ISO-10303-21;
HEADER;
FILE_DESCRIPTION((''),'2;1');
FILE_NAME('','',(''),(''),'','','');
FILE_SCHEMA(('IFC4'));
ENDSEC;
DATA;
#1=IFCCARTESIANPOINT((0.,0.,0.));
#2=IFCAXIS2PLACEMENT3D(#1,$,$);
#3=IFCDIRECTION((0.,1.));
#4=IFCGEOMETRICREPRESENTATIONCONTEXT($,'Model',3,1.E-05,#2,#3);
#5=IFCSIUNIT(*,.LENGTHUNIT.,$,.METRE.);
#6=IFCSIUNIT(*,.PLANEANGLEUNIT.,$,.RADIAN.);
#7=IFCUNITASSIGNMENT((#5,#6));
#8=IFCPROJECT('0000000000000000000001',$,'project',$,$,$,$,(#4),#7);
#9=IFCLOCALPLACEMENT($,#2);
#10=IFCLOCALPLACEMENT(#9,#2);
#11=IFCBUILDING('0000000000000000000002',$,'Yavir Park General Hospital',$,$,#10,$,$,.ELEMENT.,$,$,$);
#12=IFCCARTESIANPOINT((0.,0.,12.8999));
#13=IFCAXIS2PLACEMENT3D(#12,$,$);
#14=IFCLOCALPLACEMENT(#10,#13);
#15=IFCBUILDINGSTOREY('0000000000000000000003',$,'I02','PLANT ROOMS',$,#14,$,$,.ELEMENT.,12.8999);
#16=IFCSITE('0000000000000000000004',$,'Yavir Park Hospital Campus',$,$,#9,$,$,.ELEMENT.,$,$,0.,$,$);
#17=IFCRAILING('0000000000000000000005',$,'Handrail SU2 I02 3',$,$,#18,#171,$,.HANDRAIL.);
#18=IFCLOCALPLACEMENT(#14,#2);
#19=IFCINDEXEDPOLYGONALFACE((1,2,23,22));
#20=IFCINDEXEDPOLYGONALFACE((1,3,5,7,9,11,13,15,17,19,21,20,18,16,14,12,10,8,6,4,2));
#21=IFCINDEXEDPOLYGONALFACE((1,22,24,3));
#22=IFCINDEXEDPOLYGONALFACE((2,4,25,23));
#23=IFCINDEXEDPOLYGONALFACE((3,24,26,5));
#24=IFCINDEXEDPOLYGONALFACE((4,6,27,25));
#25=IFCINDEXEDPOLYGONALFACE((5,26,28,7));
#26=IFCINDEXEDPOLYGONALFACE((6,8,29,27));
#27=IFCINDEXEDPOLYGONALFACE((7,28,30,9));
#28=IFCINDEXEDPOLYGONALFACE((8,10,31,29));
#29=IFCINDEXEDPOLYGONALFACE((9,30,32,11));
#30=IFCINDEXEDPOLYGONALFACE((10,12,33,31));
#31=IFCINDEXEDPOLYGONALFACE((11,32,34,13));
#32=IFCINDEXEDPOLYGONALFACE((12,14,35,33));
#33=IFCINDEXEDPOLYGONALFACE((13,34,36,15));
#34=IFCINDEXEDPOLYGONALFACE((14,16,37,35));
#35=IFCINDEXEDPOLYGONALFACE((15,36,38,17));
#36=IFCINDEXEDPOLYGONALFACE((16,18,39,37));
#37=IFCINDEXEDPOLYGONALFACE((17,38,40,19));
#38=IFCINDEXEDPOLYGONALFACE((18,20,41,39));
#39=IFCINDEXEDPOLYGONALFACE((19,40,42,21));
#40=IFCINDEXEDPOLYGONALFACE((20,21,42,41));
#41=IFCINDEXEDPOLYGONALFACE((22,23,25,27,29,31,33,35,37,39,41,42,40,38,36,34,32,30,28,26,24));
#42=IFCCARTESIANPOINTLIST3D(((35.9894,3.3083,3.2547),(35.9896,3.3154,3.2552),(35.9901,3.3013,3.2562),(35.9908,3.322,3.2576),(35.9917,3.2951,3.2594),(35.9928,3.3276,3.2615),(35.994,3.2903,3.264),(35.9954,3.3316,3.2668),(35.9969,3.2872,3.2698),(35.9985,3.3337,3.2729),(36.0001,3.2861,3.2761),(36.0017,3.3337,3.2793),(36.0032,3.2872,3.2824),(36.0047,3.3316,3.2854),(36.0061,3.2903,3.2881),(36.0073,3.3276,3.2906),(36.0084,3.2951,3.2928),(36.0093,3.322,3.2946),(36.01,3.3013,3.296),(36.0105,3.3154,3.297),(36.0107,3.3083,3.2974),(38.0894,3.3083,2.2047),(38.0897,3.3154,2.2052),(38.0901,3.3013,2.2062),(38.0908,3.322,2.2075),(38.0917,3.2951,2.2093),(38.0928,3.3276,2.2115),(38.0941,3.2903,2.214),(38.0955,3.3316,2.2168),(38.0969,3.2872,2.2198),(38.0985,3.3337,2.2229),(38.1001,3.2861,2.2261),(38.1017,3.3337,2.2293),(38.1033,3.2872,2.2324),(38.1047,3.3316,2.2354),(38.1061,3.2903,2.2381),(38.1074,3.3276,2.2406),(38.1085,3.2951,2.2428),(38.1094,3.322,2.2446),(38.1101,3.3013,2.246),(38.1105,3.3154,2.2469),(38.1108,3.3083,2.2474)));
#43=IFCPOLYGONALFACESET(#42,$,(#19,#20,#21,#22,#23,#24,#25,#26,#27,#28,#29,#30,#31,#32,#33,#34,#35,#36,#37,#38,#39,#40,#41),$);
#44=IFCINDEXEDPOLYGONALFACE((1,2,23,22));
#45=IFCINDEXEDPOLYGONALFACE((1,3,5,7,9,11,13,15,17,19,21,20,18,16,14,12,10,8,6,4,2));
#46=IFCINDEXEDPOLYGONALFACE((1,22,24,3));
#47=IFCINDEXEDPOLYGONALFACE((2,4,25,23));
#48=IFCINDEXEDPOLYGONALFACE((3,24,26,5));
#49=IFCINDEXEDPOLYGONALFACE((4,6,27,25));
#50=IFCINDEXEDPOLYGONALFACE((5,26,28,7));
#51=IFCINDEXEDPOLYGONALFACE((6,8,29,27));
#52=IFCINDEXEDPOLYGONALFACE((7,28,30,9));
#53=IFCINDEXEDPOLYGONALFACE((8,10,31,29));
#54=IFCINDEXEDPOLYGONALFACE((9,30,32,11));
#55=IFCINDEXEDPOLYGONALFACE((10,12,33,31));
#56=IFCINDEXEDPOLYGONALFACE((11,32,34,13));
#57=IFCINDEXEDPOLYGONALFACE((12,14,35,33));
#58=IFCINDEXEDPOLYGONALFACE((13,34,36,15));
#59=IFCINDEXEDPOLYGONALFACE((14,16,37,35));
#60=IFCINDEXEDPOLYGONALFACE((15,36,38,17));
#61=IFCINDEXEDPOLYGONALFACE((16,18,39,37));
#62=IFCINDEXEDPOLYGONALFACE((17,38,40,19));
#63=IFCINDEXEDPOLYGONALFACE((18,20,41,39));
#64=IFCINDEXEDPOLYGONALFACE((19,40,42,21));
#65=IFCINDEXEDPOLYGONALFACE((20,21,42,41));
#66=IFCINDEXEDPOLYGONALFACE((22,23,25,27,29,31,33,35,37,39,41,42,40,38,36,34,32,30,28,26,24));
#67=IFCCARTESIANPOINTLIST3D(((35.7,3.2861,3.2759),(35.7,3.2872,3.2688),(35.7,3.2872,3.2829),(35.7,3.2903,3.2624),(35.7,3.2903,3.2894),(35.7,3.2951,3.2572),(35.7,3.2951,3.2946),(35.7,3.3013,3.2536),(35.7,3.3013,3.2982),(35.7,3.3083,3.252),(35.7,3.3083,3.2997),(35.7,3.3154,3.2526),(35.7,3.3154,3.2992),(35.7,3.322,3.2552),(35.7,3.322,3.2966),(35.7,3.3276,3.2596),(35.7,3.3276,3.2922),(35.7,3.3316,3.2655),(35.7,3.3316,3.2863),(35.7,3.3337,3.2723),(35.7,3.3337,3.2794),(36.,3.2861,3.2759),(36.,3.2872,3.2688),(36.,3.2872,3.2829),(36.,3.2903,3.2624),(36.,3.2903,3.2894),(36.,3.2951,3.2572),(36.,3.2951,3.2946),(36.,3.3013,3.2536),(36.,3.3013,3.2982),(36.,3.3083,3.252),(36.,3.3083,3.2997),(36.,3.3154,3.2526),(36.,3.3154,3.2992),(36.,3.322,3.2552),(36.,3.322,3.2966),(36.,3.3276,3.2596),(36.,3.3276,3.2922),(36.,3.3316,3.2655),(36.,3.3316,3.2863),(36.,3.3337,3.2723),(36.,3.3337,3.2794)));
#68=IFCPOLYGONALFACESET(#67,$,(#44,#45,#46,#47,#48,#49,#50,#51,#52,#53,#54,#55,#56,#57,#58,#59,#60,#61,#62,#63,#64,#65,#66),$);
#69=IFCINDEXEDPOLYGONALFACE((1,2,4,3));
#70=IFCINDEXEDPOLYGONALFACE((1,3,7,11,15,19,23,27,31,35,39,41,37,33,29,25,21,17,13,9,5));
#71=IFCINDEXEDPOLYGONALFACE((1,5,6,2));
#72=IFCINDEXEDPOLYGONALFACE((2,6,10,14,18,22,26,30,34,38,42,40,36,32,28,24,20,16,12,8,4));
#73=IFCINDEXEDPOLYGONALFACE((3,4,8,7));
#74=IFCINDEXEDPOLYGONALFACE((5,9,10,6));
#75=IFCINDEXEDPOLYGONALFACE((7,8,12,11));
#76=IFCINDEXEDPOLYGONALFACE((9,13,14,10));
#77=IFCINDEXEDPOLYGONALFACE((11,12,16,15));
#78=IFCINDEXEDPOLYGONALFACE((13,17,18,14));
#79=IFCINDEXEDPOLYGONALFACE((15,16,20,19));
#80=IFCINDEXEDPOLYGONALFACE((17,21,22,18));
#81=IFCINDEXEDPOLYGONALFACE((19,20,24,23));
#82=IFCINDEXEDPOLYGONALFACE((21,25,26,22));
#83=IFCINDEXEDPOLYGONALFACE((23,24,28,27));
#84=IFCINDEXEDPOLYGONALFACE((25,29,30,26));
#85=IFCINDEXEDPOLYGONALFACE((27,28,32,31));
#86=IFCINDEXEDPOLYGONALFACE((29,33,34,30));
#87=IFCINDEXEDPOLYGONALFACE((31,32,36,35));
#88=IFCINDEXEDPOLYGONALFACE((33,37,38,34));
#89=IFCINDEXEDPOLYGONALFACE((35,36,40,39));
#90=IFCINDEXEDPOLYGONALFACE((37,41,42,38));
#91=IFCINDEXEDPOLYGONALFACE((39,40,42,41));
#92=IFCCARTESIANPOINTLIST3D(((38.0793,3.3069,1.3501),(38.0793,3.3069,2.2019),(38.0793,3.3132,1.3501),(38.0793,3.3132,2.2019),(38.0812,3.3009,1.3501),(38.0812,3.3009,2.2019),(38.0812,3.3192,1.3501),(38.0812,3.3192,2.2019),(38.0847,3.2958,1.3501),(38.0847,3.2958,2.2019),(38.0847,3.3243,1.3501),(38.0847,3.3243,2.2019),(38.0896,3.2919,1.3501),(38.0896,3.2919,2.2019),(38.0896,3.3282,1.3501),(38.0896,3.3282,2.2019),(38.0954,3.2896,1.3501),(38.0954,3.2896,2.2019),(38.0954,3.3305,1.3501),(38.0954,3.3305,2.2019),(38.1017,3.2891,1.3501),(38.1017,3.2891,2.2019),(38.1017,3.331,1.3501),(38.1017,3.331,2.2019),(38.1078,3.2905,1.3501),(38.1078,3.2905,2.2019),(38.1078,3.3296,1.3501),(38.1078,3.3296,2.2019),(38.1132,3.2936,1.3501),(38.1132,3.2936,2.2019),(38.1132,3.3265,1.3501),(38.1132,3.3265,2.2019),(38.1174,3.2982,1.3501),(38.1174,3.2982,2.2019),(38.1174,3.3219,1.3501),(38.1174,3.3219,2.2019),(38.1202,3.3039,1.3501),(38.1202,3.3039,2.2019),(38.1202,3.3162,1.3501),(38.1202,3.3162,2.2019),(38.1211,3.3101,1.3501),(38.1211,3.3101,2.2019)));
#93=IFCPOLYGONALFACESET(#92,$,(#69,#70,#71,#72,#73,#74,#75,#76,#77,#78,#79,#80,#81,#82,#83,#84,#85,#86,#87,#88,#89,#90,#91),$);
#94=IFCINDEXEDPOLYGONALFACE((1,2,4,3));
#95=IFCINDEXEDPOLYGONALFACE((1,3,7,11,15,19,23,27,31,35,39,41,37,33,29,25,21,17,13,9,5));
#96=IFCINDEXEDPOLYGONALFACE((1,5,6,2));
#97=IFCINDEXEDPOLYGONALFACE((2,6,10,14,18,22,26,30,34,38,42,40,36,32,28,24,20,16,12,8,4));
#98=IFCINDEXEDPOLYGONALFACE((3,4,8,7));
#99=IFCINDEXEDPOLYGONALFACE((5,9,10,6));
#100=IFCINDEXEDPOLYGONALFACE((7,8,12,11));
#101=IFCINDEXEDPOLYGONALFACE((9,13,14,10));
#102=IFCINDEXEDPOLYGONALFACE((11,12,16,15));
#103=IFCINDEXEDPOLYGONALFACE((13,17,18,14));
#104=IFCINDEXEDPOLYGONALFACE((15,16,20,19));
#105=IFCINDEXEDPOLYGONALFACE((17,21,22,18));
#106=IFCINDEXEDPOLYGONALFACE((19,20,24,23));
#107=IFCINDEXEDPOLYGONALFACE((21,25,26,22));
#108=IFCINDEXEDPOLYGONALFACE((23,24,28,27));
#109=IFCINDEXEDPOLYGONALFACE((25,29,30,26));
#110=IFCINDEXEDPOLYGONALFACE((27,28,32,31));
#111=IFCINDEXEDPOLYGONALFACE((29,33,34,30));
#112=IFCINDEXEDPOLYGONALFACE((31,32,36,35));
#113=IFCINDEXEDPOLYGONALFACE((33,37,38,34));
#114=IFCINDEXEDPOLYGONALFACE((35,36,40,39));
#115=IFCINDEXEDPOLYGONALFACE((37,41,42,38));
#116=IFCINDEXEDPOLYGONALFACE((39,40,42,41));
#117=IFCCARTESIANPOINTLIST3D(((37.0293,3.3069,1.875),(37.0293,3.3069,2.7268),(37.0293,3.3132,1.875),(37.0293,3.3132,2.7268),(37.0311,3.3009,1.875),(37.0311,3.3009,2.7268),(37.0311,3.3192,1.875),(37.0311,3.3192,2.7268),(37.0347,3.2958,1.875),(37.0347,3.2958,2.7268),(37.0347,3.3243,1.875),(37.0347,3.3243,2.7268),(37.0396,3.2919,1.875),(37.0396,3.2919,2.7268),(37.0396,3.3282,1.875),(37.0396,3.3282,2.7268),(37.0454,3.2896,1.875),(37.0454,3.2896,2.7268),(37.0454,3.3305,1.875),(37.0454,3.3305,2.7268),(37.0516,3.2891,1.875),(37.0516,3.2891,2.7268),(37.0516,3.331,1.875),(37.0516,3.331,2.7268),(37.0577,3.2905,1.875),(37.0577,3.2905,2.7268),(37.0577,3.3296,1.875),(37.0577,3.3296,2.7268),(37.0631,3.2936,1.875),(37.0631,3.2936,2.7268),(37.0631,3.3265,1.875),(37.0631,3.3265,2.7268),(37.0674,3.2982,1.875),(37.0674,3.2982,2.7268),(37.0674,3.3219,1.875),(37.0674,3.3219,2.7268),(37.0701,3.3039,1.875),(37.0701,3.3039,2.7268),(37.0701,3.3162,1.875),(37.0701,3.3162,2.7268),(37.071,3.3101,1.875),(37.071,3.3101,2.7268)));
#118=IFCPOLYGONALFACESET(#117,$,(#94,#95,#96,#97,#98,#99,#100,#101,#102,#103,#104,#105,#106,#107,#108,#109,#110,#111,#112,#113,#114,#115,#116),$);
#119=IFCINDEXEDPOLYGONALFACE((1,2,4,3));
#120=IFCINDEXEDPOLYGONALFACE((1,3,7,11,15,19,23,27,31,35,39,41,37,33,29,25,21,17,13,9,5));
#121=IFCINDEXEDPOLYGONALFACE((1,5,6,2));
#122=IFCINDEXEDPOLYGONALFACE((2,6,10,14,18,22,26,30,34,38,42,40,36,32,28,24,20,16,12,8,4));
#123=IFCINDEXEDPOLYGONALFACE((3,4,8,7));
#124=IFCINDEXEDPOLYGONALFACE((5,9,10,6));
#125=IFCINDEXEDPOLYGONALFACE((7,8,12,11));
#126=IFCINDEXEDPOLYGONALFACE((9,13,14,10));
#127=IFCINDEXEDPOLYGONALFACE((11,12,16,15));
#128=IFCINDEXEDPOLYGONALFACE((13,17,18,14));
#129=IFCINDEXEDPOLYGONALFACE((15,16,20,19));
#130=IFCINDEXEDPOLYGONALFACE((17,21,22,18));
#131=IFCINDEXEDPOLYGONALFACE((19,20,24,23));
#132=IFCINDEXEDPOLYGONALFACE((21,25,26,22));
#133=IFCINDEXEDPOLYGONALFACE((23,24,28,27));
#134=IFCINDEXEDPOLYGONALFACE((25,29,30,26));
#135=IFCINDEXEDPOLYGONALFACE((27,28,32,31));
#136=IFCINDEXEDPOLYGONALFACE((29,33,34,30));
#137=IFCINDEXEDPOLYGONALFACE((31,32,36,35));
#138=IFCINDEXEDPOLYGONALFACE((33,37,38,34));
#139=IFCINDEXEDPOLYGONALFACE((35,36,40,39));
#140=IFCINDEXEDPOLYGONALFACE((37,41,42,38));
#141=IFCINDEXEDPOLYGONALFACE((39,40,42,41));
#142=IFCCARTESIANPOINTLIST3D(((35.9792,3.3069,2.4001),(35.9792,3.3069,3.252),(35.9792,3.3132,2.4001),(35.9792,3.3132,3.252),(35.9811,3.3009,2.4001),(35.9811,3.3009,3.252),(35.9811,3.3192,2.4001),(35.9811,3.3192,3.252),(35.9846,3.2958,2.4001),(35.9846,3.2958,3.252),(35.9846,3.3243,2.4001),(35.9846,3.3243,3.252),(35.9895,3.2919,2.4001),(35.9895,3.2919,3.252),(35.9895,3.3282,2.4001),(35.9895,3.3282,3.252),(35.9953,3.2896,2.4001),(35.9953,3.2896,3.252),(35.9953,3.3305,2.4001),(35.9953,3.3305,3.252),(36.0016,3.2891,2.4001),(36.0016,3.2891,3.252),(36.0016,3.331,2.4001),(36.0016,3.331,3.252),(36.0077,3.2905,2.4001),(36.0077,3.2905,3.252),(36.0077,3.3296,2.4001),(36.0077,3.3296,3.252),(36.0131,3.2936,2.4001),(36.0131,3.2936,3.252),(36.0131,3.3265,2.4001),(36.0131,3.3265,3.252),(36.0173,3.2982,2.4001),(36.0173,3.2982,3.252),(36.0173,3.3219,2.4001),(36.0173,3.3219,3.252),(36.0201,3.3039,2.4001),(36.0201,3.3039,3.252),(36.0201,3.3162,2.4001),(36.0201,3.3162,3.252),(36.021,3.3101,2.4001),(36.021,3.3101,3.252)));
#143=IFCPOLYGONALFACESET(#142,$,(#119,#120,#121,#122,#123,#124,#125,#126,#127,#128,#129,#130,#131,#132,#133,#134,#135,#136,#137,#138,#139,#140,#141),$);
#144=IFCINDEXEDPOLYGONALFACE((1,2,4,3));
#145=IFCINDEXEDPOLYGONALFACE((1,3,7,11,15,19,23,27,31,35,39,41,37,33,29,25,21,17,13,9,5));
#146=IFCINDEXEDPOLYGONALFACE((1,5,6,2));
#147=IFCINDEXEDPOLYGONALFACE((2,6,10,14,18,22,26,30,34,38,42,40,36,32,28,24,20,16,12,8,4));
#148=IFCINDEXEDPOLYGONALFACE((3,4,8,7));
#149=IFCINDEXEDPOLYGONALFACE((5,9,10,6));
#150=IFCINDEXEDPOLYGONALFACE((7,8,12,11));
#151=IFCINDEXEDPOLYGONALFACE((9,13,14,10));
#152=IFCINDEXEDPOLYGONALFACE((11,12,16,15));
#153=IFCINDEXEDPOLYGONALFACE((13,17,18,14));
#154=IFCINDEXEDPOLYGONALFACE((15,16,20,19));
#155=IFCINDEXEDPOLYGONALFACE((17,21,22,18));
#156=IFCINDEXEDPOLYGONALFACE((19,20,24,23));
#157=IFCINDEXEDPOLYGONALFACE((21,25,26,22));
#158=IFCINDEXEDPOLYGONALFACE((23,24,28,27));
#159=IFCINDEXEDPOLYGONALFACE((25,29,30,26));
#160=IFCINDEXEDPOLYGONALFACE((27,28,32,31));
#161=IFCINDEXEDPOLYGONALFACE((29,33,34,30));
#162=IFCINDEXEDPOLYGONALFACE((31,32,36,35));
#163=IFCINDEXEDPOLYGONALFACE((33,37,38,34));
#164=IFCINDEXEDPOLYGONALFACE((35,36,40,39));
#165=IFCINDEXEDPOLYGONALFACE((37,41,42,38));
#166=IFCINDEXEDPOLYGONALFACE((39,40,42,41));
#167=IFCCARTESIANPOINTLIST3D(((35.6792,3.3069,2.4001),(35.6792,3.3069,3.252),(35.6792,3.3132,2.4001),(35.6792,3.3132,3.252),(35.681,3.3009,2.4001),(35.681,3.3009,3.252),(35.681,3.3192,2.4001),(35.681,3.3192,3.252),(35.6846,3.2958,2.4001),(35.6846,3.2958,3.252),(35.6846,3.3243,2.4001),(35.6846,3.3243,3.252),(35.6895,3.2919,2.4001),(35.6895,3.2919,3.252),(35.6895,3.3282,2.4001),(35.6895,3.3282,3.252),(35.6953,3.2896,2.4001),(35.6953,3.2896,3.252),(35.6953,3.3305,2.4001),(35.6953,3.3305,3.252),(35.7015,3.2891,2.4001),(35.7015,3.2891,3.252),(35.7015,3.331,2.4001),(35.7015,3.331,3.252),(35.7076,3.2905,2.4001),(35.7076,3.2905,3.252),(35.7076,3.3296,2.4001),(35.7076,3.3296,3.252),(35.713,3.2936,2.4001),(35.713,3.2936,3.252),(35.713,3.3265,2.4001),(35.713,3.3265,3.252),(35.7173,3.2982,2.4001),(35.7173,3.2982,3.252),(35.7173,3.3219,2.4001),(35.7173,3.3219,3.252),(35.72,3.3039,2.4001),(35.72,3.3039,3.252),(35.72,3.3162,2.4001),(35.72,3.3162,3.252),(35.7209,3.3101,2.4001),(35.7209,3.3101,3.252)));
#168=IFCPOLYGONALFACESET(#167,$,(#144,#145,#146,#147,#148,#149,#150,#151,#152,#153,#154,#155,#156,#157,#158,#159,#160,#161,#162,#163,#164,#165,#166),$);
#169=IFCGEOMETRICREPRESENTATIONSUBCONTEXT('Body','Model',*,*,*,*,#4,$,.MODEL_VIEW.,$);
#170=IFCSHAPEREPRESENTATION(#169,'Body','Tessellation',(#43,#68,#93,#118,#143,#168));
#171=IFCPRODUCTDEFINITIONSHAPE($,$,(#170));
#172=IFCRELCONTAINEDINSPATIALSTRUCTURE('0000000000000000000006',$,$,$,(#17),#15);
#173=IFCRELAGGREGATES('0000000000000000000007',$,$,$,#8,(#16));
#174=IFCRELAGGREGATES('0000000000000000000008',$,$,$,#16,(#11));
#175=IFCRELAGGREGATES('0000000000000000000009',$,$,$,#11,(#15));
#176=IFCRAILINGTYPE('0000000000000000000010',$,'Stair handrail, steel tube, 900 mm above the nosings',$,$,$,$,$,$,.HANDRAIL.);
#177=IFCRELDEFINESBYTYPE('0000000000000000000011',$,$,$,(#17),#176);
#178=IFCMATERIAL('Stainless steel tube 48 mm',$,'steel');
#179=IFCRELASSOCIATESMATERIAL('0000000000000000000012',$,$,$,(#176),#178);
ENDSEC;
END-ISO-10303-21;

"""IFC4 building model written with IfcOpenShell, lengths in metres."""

from ifc_helpers import new_model, si_unit, direction, frame, origin, origin_2d, place, context, subcontext, project, spatial, circle, extrude, material, type_object, element, save


model = new_model("IFC4")

# Units and contexts
model_context = context("Model", 3, precision=1e-05, world=origin(), true_north=direction((0.0, 1.0)))
body_context = subcontext(model_context, "Body", "Model", "MODEL_VIEW")
ifc_project = project(units=[si_unit("LENGTHUNIT", "METRE"), si_unit("PLANEANGLEUNIT", "RADIAN")], contexts=[model_context])

# Site, building, storey
site_placement = place(None, origin())
site = spatial("IfcSite", under=ifc_project, at=site_placement, Name="Yavir Park Hospital Campus", CompositionType="ELEMENT", RefElevation=0.0)
building_placement = place(site_placement, origin())
building = spatial("IfcBuilding", under=site, at=building_placement, Name="Yavir Park General Hospital", CompositionType="ELEMENT")
storey_placement = place(building_placement, frame((0.0, 0.0, 12.8999)))
storey = spatial("IfcBuildingStorey", under=building, at=storey_placement, Name="I02", Description="PLANT ROOMS", CompositionType="ELEMENT", Elevation=12.8999)

# Railing
ifc_material_1 = material(Name="Stainless steel tube 48 mm", Category="steel")
railing_type_1 = type_object("IfcRailingType", Name="Stair handrail, steel tube, 900 mm above the nosings", PredefinedType="HANDRAIL", material=ifc_material_1)
for number, where, name in (
    (1, (38.1001, 3.3101, 1.3501), "Handrail SU2 I02 3"),
):
    element("IfcRailing", number, at=place(storey_placement, frame(where)), inside=storey, type_object=railing_type_1, Name=name, PredefinedType="HANDRAIL", context=body_context, shape_type="SweptSolid", body=[
        extrude(circle(Radius=0.0239, at=origin_2d()), frame((0.0, 0.0, 0.876), z_axis=(-0.894427, 0.0, 0.447214), x_axis=(0.0, -1.0, 0.0)), (0.0, 0.0, 1.0), 2.3479),
        extrude(circle(Radius=0.0239, at=origin_2d()), frame((-2.1001, 0.0, 1.9258), z_axis=(-1.0, 0.0, 0.0), x_axis=(0.0, -1.0, 0.0)), (0.0, 0.0, 1.0), 0.3),
        extrude(circle(Radius=0.021, at=origin_2d()), origin(), (0.0, 0.0, 1.0), 0.8518),
        extrude(circle(Radius=0.021, at=origin_2d()), frame((-1.05, 0.0, 0.5249)), (0.0, 0.0, 1.0), 0.8518),
        extrude(circle(Radius=0.021, at=origin_2d()), frame((-2.1001, 0.0, 1.05)), (0.0, 0.0, 1.0), 0.8518),
        extrude(circle(Radius=0.021, at=origin_2d()), frame((-2.4001, 0.0, 1.05)), (0.0, 0.0, 1.0), 0.8518),
    ])

save(model, "model.ifc")
